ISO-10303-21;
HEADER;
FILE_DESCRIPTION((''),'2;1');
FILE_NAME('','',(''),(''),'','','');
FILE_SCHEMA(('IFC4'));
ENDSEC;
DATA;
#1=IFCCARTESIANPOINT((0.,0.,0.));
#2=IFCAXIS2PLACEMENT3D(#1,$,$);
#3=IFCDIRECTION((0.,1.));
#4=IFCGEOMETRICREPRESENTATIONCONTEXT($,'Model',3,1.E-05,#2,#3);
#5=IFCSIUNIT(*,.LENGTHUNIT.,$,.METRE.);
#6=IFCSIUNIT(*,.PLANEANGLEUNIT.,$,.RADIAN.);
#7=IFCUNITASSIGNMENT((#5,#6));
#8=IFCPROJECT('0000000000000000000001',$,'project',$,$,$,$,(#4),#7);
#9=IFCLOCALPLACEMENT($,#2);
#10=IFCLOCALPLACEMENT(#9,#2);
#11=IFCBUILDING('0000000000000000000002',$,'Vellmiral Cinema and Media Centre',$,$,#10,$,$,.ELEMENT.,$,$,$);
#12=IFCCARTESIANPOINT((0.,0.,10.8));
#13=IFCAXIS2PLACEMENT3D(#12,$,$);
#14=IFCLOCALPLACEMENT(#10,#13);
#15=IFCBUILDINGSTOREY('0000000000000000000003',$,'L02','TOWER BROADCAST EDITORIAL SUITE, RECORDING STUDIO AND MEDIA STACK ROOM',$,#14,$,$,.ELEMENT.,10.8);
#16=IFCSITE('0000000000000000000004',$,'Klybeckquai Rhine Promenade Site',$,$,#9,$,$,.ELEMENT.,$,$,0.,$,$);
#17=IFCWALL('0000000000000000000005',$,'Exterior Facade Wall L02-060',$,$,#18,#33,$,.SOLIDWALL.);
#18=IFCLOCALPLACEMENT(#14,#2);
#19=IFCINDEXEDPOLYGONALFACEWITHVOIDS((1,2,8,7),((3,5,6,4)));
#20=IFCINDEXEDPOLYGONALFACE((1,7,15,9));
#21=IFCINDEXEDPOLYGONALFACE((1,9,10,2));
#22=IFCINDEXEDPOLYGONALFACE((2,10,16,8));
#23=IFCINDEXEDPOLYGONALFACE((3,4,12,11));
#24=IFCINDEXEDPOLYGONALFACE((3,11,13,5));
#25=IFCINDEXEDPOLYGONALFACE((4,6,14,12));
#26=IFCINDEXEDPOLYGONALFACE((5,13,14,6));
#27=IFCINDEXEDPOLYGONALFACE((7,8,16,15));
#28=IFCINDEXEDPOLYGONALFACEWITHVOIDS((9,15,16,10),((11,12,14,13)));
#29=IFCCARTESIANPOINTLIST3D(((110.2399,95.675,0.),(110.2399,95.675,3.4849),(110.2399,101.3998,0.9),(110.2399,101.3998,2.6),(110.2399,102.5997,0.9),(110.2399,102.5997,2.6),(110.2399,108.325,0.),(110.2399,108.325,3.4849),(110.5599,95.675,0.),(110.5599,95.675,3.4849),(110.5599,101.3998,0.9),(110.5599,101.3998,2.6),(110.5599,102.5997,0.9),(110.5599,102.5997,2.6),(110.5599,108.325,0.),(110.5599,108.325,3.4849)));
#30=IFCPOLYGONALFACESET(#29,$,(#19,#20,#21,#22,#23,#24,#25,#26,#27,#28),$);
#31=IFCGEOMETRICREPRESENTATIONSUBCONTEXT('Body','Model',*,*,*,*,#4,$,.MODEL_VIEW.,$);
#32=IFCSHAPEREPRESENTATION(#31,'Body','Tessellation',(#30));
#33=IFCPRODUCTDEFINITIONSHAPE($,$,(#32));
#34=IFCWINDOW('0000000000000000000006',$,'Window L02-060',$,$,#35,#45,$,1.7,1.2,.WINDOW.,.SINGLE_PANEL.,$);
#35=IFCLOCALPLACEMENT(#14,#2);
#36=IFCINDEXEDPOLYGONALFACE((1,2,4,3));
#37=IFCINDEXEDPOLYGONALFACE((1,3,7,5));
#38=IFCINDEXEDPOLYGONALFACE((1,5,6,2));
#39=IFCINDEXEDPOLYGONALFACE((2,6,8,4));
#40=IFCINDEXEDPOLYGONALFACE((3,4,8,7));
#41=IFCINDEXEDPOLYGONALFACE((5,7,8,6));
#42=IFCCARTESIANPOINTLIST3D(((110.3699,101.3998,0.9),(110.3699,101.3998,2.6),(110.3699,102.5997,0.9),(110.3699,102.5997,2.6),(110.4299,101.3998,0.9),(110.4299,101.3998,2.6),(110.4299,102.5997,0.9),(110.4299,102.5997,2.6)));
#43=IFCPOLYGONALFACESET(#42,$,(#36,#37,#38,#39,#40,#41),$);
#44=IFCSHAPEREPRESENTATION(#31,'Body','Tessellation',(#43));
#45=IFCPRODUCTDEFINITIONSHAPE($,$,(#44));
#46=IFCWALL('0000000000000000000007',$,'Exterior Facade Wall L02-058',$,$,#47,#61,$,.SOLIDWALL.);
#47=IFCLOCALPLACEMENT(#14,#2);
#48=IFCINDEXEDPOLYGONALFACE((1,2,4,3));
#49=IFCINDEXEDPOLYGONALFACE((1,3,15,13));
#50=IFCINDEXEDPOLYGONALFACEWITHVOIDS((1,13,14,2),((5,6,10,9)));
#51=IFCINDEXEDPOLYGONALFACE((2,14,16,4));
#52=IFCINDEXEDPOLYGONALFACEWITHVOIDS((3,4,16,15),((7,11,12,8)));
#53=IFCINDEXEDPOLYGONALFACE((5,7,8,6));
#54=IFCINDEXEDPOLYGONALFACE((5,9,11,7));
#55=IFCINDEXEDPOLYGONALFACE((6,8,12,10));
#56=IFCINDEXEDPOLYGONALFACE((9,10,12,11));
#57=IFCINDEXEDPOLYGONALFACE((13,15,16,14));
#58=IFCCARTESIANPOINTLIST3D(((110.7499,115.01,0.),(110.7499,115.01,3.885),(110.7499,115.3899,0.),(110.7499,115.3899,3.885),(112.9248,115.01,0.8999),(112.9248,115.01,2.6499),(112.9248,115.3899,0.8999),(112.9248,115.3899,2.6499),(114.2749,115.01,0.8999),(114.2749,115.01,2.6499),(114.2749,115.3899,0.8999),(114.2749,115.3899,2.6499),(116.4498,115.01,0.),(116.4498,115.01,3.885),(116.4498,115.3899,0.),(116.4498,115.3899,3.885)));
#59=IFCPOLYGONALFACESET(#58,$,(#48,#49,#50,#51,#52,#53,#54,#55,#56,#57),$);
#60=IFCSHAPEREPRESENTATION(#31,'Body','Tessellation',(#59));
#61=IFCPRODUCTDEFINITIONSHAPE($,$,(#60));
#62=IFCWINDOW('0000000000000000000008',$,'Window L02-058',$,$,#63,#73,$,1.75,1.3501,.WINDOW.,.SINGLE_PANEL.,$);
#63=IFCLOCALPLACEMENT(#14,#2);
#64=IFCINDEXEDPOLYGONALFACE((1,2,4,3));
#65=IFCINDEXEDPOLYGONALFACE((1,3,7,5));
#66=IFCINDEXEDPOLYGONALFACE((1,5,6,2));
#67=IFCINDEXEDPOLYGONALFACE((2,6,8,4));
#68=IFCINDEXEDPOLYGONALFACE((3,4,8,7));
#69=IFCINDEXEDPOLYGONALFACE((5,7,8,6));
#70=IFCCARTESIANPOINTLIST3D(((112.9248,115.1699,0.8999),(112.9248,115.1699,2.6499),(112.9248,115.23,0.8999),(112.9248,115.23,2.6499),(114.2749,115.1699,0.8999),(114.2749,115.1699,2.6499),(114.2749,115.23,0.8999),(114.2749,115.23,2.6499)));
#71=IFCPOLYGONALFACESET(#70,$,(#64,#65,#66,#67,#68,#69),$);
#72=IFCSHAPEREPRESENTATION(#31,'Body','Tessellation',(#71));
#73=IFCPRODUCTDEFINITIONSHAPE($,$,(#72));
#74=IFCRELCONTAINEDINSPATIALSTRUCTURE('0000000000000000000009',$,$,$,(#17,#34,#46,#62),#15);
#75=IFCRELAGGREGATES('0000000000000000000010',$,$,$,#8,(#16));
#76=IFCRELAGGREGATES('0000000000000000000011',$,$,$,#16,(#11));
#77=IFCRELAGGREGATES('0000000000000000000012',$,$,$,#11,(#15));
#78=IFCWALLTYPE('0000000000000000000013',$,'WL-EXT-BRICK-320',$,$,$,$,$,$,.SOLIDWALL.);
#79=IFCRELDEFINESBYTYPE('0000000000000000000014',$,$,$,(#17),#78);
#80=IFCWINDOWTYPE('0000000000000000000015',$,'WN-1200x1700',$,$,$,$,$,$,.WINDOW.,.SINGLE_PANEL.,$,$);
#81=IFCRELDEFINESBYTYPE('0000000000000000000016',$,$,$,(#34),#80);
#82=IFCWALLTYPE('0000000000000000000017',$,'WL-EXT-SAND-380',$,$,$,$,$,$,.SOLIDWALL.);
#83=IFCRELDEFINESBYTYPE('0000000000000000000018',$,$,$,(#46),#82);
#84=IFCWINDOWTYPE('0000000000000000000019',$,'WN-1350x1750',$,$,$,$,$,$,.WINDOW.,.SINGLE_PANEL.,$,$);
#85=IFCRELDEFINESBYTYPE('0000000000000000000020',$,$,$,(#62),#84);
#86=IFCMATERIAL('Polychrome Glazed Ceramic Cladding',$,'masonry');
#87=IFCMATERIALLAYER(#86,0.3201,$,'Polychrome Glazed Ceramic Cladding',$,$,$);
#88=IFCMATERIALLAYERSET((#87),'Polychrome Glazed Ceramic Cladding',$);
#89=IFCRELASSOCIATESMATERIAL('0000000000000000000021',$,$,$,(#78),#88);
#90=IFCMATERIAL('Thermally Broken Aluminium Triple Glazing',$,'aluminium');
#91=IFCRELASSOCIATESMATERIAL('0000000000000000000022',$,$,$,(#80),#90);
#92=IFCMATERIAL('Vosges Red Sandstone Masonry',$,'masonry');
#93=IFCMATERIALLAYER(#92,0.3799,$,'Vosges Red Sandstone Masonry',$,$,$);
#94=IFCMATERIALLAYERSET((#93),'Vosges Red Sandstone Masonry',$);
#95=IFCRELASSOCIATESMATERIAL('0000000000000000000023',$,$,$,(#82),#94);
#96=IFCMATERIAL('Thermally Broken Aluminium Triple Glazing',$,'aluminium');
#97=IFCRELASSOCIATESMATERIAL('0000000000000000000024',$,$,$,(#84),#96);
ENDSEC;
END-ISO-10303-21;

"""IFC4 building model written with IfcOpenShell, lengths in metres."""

from ifc_helpers import new_model, si_unit, direction, frame, frame_2d, origin, place, context, subcontext, project, spatial, rectangle, extrude, material, layer, layer_set, type_object, element, fill, save


model = new_model("IFC4")

# Units and contexts
model_context = context("Model", 3, precision=1e-05, world=origin(), true_north=direction((0.0, 1.0)))
body_context = subcontext(model_context, "Body", "Model", "MODEL_VIEW")
ifc_project = project(units=[si_unit("LENGTHUNIT", "METRE"), si_unit("PLANEANGLEUNIT", "RADIAN")], contexts=[model_context])

# Site, building, storey
site_placement = place(None, origin())
site = spatial("IfcSite", under=ifc_project, at=site_placement, Name="Klybeckquai Rhine Promenade Site", CompositionType="ELEMENT", RefElevation=0.0)
building_placement = place(site_placement, origin())
building = spatial("IfcBuilding", under=site, at=building_placement, Name="Vellmiral Cinema and Media Centre", CompositionType="ELEMENT")
storey_placement = place(building_placement, frame((0.0, 0.0, 10.8)))
storey = spatial("IfcBuildingStorey", under=building, at=storey_placement, Name="L02", Description="TOWER BROADCAST EDITORIAL SUITE, RECORDING STUDIO AND MEDIA STACK ROOM", CompositionType="ELEMENT", Elevation=10.8)

# Walls, openings, windows
ifc_material_1 = material(Name="Polychrome Glazed Ceramic Cladding", Category="masonry")
ifc_layer_1 = layer(ifc_material_1, 0.3201, Name="Polychrome Glazed Ceramic Cladding")
ifc_layer_set_1 = layer_set([ifc_layer_1], Name="Polychrome Glazed Ceramic Cladding")
wall_type_1 = type_object("IfcWallType", Name="WL-EXT-BRICK-320", PredefinedType="SOLIDWALL", material=ifc_layer_set_1)
wall_1_placement = place(storey_placement, frame((110.3999, 108.325, 0.0), z_axis=(0.0, 0.0, 1.0), x_axis=(0.0, -1.0, 0.0)))
wall_1 = element("IfcWall", 1, at=wall_1_placement, inside=storey, type_object=wall_type_1, Name="Exterior Facade Wall L02-060", PredefinedType="SOLIDWALL", context=body_context, shape_type="SweptSolid", body=[
    extrude(rectangle(XDim=12.6499, YDim=0.3201, at=frame_2d((6.325, 0.0))), origin(), (0.0, 0.0, 1.0), 3.4849),
])
opening_1_placement = place(wall_1_placement, frame((5.7251, 0.0, 0.8999)))
opening_1 = element("IfcOpeningElement", 2, at=opening_1_placement, cuts=wall_1, PredefinedType="OPENING", context=body_context, shape_type="SweptSolid", body=[
    extrude(rectangle(XDim=1.2, YDim=1.7, at=frame_2d((0.6001, 0.8501))), frame((0.0, 0.1719, 0.0), z_axis=(0.0, -1.0, 0.0), x_axis=(1.0, 0.0, 0.0)), (0.0, 0.0, 1.0), 0.344),
])
ifc_material_2 = material(Name="Thermally Broken Aluminium Triple Glazing", Category="aluminium")
window_type_1 = type_object("IfcWindowType", Name="WN-1200x1700", PartitioningType="SINGLE_PANEL", PredefinedType="WINDOW", material=ifc_material_2)
window_1_placement = place(opening_1_placement, origin())
window_1 = element("IfcWindow", 3, at=window_1_placement, inside=storey, type_object=window_type_1, Name="Window L02-060", OverallHeight=1.7, OverallWidth=1.2, PartitioningType="SINGLE_PANEL", PredefinedType="WINDOW", context=body_context, shape_type="SweptSolid", body=[
    extrude(rectangle(XDim=1.2, YDim=1.7, at=frame_2d((0.6001, 0.8501))), frame((0.0, 0.03, 0.0), z_axis=(0.0, -1.0, 0.0), x_axis=(1.0, 0.0, 0.0)), (0.0, 0.0, 1.0), 0.0601),
])
fill(opening_1, window_1)
ifc_material_3 = material(Name="Vosges Red Sandstone Masonry", Category="masonry")
ifc_layer_2 = layer(ifc_material_3, 0.3799, Name="Vosges Red Sandstone Masonry")
ifc_layer_set_2 = layer_set([ifc_layer_2], Name="Vosges Red Sandstone Masonry")
wall_type_2 = type_object("IfcWallType", Name="WL-EXT-SAND-380", PredefinedType="SOLIDWALL", material=ifc_layer_set_2)
wall_2_placement = place(storey_placement, frame((116.45, 115.2, 0.0), z_axis=(0.0, 0.0, 1.0), x_axis=(-1.0, 0.0, 0.0)))
wall_2 = element("IfcWall", 4, at=wall_2_placement, inside=storey, type_object=wall_type_2, Name="Exterior Facade Wall L02-058", PredefinedType="SOLIDWALL", context=body_context, shape_type="SweptSolid", body=[
    extrude(rectangle(XDim=5.7, YDim=0.3799, at=frame_2d((2.8501, 0.0))), origin(), (0.0, 0.0, 1.0), 3.885),
])
opening_2_placement = place(wall_2_placement, frame((2.175, 0.0, 0.8999)))
opening_2 = element("IfcOpeningElement", 5, at=opening_2_placement, cuts=wall_2, PredefinedType="OPENING", context=body_context, shape_type="SweptSolid", body=[
    extrude(rectangle(XDim=1.3501, YDim=1.75, at=frame_2d((0.675, 0.875))), frame((0.0, 0.2019, 0.0), z_axis=(0.0, -1.0, 0.0), x_axis=(1.0, 0.0, 0.0)), (0.0, 0.0, 1.0), 0.4038),
])
ifc_material_4 = material(Name="Thermally Broken Aluminium Triple Glazing", Category="aluminium")
window_type_2 = type_object("IfcWindowType", Name="WN-1350x1750", PartitioningType="SINGLE_PANEL", PredefinedType="WINDOW", material=ifc_material_4)
window_2_placement = place(opening_2_placement, origin())
window_2 = element("IfcWindow", 6, at=window_2_placement, inside=storey, type_object=window_type_2, Name="Window L02-058", OverallHeight=1.75, OverallWidth=1.3501, PartitioningType="SINGLE_PANEL", PredefinedType="WINDOW", context=body_context, shape_type="SweptSolid", body=[
    extrude(rectangle(XDim=1.3501, YDim=1.75, at=frame_2d((0.675, 0.875))), frame((0.0, 0.03, 0.0), z_axis=(0.0, -1.0, 0.0), x_axis=(1.0, 0.0, 0.0)), (0.0, 0.0, 1.0), 0.0601),
])
fill(opening_2, window_2)

save(model, "model.ifc")
